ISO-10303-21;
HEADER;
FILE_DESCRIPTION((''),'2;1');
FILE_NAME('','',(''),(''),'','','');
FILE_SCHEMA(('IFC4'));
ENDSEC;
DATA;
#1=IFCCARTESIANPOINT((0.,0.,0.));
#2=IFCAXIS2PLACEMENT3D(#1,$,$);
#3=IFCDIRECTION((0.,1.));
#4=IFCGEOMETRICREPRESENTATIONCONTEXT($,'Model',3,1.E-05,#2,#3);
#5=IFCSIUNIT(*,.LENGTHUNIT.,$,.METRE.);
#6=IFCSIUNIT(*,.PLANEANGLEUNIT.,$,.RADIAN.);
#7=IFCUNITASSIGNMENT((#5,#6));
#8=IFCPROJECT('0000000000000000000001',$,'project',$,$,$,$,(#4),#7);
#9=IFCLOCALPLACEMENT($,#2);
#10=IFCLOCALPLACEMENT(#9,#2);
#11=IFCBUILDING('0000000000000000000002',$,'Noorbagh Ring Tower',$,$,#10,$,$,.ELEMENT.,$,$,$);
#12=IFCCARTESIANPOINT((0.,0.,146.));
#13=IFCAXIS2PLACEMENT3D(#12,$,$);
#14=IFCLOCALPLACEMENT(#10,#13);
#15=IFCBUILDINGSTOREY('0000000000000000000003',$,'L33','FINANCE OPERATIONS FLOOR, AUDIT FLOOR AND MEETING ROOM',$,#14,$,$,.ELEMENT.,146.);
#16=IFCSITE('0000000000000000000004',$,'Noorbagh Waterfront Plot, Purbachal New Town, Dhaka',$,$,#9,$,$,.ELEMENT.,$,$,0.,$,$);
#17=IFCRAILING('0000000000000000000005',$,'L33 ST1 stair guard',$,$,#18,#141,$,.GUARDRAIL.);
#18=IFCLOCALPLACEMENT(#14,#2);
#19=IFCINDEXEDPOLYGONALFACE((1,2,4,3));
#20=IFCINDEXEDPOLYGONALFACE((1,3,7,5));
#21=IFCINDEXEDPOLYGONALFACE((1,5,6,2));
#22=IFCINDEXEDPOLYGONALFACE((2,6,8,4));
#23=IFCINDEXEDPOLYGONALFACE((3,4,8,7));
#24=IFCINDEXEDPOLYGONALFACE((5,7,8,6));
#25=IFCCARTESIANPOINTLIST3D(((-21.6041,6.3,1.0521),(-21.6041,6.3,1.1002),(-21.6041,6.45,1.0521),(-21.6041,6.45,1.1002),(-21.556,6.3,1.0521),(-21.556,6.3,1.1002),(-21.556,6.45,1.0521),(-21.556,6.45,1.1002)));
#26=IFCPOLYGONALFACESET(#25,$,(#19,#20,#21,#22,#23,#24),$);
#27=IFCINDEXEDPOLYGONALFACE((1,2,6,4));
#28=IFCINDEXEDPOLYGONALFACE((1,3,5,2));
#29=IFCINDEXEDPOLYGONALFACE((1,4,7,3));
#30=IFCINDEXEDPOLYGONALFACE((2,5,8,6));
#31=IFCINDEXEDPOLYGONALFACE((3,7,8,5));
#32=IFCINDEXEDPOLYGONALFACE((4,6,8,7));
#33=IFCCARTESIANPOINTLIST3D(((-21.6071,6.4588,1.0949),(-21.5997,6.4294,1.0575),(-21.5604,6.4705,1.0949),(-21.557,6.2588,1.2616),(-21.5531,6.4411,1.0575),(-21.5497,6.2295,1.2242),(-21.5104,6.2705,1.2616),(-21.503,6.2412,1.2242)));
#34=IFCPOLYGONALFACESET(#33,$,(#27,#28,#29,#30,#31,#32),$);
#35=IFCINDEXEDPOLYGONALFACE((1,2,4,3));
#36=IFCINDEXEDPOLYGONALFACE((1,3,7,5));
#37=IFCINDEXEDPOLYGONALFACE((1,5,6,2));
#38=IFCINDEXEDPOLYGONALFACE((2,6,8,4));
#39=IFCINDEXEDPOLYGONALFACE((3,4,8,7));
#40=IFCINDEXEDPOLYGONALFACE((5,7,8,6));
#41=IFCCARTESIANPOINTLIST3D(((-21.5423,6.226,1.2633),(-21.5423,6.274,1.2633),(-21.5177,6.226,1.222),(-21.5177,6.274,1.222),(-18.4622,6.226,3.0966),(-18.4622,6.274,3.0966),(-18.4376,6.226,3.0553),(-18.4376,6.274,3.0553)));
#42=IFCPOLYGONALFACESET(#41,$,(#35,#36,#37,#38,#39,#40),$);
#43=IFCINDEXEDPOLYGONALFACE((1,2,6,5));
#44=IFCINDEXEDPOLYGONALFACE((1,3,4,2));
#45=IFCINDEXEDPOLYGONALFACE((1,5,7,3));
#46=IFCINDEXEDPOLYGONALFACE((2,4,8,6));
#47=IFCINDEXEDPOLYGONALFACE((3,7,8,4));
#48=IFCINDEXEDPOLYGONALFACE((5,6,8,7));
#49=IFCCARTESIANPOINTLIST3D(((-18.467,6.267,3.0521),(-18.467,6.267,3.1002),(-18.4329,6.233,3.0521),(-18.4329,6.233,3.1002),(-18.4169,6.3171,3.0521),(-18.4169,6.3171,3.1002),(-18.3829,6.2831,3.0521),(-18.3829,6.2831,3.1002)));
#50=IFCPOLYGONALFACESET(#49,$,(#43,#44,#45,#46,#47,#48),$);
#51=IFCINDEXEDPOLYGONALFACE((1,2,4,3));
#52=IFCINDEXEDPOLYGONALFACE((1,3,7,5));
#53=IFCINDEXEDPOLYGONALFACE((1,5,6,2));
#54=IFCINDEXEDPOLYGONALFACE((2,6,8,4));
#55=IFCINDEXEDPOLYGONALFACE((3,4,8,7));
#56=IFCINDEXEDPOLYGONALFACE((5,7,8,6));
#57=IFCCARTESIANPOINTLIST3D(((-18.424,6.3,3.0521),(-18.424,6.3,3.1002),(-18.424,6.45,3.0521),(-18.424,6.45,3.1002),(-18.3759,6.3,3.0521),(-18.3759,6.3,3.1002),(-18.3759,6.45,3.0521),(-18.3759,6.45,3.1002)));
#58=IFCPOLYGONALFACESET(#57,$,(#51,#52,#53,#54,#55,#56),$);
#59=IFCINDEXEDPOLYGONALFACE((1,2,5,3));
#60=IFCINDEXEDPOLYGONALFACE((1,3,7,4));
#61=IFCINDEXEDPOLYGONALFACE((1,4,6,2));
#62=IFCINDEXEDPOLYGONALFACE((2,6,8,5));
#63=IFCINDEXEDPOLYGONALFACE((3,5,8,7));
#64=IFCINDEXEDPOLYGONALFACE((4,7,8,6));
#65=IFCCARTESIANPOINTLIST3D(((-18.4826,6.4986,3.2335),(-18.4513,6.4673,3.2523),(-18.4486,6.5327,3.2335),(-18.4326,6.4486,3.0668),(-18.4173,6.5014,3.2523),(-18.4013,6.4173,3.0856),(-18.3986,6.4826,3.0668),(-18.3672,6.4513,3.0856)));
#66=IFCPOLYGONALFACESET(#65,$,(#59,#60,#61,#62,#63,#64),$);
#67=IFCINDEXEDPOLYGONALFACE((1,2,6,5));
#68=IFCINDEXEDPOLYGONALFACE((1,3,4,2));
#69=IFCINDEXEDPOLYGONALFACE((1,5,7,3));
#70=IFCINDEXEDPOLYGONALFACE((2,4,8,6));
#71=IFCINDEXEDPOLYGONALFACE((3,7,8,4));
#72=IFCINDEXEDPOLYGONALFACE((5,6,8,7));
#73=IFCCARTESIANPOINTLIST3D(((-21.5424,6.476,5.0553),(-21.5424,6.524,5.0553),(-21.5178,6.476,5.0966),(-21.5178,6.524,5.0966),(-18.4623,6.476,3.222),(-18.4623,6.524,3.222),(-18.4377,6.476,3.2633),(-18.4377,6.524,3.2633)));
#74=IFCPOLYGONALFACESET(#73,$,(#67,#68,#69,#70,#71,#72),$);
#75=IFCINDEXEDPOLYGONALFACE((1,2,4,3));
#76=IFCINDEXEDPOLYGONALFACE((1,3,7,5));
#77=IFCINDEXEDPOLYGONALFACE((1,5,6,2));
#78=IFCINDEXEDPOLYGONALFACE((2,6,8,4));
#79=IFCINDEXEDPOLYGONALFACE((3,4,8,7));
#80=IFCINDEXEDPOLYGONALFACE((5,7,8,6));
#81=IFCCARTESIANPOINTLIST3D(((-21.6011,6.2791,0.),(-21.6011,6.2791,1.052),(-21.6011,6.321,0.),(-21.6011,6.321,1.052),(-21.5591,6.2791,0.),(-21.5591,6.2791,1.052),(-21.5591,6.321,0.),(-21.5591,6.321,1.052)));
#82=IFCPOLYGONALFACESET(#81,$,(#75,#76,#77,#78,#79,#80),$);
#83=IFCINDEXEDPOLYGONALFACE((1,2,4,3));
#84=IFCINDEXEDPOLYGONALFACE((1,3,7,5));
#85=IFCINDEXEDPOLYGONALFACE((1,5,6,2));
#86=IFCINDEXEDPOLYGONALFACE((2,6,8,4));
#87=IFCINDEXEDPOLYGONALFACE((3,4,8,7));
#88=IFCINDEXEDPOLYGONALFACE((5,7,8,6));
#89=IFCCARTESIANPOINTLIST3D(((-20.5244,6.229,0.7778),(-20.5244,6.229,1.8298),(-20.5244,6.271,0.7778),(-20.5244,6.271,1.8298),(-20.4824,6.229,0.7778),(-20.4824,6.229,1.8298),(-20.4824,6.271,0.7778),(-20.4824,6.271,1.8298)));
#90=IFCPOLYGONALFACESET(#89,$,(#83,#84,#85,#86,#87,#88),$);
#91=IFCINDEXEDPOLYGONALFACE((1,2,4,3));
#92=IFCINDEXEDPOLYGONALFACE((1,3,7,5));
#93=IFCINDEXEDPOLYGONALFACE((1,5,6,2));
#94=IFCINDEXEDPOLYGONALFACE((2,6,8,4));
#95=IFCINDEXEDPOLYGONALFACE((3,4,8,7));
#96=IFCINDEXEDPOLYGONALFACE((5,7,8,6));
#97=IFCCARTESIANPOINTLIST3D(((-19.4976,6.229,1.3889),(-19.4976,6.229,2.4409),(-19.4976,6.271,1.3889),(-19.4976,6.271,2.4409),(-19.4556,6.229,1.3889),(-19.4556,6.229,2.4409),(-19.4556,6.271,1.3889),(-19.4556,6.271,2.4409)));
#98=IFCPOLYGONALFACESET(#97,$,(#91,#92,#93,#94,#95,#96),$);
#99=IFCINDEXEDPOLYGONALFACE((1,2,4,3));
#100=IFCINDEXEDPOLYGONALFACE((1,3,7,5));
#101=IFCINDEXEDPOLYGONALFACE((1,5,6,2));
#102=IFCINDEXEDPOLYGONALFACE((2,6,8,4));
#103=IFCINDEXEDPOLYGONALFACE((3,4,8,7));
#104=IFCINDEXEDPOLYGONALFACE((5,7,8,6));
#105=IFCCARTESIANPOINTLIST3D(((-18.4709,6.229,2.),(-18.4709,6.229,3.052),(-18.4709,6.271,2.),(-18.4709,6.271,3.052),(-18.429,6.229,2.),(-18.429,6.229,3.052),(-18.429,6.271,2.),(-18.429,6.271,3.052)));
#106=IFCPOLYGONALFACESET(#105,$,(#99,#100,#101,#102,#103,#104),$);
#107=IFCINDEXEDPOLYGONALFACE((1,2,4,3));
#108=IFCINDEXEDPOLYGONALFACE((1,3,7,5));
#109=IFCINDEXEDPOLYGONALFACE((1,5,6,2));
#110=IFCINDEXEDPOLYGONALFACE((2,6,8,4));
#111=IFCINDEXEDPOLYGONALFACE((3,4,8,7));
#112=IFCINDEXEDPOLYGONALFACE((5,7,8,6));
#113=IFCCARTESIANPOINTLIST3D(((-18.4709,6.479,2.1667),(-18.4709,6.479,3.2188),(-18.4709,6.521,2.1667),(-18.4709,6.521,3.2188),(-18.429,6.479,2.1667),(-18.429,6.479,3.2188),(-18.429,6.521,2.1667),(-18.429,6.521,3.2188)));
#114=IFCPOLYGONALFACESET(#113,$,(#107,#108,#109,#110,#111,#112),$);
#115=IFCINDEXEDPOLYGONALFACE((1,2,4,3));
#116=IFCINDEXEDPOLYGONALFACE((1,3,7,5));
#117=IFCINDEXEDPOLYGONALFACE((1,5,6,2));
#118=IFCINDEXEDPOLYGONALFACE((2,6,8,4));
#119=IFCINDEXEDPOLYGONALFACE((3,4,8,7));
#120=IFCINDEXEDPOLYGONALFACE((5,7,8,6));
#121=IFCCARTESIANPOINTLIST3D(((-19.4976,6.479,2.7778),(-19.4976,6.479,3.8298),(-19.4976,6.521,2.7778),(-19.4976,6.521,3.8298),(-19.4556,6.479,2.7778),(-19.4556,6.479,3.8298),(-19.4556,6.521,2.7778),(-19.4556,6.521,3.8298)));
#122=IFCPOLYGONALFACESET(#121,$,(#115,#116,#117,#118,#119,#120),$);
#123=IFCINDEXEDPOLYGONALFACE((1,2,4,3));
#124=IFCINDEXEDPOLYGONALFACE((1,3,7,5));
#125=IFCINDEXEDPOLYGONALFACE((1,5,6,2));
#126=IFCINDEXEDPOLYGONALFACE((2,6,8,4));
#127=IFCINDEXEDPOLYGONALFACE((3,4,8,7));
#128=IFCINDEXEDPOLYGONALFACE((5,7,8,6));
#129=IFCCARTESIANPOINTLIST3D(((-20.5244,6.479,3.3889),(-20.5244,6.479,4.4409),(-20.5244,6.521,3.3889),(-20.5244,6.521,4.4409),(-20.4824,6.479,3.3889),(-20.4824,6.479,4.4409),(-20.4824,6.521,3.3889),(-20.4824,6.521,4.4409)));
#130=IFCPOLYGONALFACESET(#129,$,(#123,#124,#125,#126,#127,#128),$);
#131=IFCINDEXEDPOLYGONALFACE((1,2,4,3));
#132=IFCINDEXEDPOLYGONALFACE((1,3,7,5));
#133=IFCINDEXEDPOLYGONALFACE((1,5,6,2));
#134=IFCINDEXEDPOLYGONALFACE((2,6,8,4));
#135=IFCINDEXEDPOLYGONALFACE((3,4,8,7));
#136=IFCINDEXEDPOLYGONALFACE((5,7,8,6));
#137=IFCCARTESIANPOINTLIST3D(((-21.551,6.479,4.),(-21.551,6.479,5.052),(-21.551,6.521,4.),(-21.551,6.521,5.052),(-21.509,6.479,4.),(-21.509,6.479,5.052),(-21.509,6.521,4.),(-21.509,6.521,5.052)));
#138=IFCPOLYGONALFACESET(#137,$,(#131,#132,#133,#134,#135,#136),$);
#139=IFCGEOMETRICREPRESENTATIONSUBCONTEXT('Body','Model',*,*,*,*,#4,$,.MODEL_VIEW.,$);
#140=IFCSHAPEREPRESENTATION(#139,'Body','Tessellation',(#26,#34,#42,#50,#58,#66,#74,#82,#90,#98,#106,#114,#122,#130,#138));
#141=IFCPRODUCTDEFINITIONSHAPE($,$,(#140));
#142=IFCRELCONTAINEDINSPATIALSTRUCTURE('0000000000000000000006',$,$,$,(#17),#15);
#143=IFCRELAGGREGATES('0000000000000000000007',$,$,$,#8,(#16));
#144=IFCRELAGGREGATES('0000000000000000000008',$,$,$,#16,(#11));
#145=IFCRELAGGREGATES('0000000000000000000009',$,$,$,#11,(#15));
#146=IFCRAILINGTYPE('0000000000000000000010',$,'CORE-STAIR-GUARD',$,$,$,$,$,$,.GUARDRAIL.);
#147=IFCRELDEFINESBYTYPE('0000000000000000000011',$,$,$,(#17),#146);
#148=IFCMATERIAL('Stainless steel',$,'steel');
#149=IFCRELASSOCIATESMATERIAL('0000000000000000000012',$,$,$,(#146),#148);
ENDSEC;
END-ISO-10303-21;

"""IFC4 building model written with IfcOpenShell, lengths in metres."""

from ifc_helpers import new_model, si_unit, direction, frame, origin, origin_2d, place, context, subcontext, project, spatial, rectangle, extrude, material, type_object, element, save


model = new_model("IFC4")

# Units and contexts
model_context = context("Model", 3, precision=1e-05, world=origin(), true_north=direction((0.0, 1.0)))
body_context = subcontext(model_context, "Body", "Model", "MODEL_VIEW")
ifc_project = project(units=[si_unit("LENGTHUNIT", "METRE"), si_unit("PLANEANGLEUNIT", "RADIAN")], contexts=[model_context])

# Site, building, storey
site_placement = place(None, origin())
site = spatial("IfcSite", under=ifc_project, at=site_placement, Name="Noorbagh Waterfront Plot, Purbachal New Town, Dhaka", CompositionType="ELEMENT", RefElevation=0.0)
building_placement = place(site_placement, origin())
building = spatial("IfcBuilding", under=site, at=building_placement, Name="Noorbagh Ring Tower", CompositionType="ELEMENT")
storey_placement = place(building_placement, frame((0.0, 0.0, 146.0)))
storey = spatial("IfcBuildingStorey", under=building, at=storey_placement, Name="L33", Description="FINANCE OPERATIONS FLOOR, AUDIT FLOOR AND MEETING ROOM", CompositionType="ELEMENT", Elevation=146.0)

# Railing
ifc_material_1 = material(Name="Stainless steel", Category="steel")
railing_type_1 = type_object("IfcRailingType", Name="CORE-STAIR-GUARD", PredefinedType="GUARDRAIL", material=ifc_material_1)
railing_1_placement = place(storey_placement, frame((-21.5801, 6.3, 0.0)))
element("IfcRailing", 1, at=railing_1_placement, inside=storey, type_object=railing_type_1, Name="L33 ST1 stair guard", PredefinedType="GUARDRAIL", context=body_context, shape_type="SweptSolid", body=[
    extrude(rectangle(XDim=0.0481, YDim=0.0481, at=origin_2d()), frame((0.0, 0.0, 1.0762), z_axis=(0.0, 1.0, 0.0), x_axis=(-1.0, 0.0, 0.0)), (0.0, 0.0, 1.0), 0.1499),
    extrude(rectangle(XDim=0.0481, YDim=0.0481, at=origin_2d()), frame((0.0, 0.1499, 1.0762), z_axis=(0.188776, -0.754182, 0.628946), x_axis=(0.970073, 0.242814, 0.0)), (0.0, 0.0, 1.0), 0.2651),
    extrude(rectangle(XDim=0.0481, YDim=0.0481, at=origin_2d()), frame((0.05, -0.05, 1.2427), z_axis=(0.859309, 0.0, 0.511458), x_axis=(0.0, 1.0, 0.0)), (0.0, 0.0, 1.0), 3.5845),
    extrude(rectangle(XDim=0.0481, YDim=0.0481, at=origin_2d()), frame((3.1301, -0.05, 3.0762), z_axis=(0.707107, 0.707107, 0.0), x_axis=(-0.707107, 0.707107, 0.0)), (0.0, 0.0, 1.0), 0.0708),
    extrude(rectangle(XDim=0.0481, YDim=0.0481, at=origin_2d()), frame((3.1802, 0.0, 3.0762), z_axis=(0.0, 1.0, 0.0), x_axis=(-1.0, 0.0, 0.0)), (0.0, 0.0, 1.0), 0.1499),
    extrude(rectangle(XDim=0.0481, YDim=0.0481, at=origin_2d()), frame((3.1802, 0.1499, 3.0762), z_axis=(-0.276287, 0.276287, 0.920506), x_axis=(-0.707107, -0.707107, 0.0)), (0.0, 0.0, 1.0), 0.1812),
    extrude(rectangle(XDim=0.0481, YDim=0.0481, at=origin_2d()), frame((3.1301, 0.2, 3.2427), z_axis=(-0.859309, 0.0, 0.511458), x_axis=(0.0, -1.0, 0.0)), (0.0, 0.0, 1.0), 3.5845),
    extrude(rectangle(XDim=0.042, YDim=0.042, at=origin_2d()), origin(), (0.0, 0.0, 1.0), 1.052),
    extrude(rectangle(XDim=0.042, YDim=0.042, at=origin_2d()), frame((1.0767, -0.05, 0.7778)), (0.0, 0.0, 1.0), 1.052),
    extrude(rectangle(XDim=0.042, YDim=0.042, at=origin_2d()), frame((2.1035, -0.05, 1.3889)), (0.0, 0.0, 1.0), 1.052),
    extrude(rectangle(XDim=0.042, YDim=0.042, at=origin_2d()), frame((3.1301, -0.05, 2.0)), (0.0, 0.0, 1.0), 1.052),
    extrude(rectangle(XDim=0.042, YDim=0.042, at=origin_2d()), frame((3.1301, 0.2, 2.1667)), (0.0, 0.0, 1.0), 1.052),
    extrude(rectangle(XDim=0.042, YDim=0.042, at=origin_2d()), frame((2.1035, 0.2, 2.7778)), (0.0, 0.0, 1.0), 1.052),
    extrude(rectangle(XDim=0.042, YDim=0.042, at=origin_2d()), frame((1.0767, 0.2, 3.3889)), (0.0, 0.0, 1.0), 1.052),
    extrude(rectangle(XDim=0.042, YDim=0.042, at=origin_2d()), frame((0.05, 0.2, 4.0)), (0.0, 0.0, 1.0), 1.052),
])

save(model, "model.ifc")
